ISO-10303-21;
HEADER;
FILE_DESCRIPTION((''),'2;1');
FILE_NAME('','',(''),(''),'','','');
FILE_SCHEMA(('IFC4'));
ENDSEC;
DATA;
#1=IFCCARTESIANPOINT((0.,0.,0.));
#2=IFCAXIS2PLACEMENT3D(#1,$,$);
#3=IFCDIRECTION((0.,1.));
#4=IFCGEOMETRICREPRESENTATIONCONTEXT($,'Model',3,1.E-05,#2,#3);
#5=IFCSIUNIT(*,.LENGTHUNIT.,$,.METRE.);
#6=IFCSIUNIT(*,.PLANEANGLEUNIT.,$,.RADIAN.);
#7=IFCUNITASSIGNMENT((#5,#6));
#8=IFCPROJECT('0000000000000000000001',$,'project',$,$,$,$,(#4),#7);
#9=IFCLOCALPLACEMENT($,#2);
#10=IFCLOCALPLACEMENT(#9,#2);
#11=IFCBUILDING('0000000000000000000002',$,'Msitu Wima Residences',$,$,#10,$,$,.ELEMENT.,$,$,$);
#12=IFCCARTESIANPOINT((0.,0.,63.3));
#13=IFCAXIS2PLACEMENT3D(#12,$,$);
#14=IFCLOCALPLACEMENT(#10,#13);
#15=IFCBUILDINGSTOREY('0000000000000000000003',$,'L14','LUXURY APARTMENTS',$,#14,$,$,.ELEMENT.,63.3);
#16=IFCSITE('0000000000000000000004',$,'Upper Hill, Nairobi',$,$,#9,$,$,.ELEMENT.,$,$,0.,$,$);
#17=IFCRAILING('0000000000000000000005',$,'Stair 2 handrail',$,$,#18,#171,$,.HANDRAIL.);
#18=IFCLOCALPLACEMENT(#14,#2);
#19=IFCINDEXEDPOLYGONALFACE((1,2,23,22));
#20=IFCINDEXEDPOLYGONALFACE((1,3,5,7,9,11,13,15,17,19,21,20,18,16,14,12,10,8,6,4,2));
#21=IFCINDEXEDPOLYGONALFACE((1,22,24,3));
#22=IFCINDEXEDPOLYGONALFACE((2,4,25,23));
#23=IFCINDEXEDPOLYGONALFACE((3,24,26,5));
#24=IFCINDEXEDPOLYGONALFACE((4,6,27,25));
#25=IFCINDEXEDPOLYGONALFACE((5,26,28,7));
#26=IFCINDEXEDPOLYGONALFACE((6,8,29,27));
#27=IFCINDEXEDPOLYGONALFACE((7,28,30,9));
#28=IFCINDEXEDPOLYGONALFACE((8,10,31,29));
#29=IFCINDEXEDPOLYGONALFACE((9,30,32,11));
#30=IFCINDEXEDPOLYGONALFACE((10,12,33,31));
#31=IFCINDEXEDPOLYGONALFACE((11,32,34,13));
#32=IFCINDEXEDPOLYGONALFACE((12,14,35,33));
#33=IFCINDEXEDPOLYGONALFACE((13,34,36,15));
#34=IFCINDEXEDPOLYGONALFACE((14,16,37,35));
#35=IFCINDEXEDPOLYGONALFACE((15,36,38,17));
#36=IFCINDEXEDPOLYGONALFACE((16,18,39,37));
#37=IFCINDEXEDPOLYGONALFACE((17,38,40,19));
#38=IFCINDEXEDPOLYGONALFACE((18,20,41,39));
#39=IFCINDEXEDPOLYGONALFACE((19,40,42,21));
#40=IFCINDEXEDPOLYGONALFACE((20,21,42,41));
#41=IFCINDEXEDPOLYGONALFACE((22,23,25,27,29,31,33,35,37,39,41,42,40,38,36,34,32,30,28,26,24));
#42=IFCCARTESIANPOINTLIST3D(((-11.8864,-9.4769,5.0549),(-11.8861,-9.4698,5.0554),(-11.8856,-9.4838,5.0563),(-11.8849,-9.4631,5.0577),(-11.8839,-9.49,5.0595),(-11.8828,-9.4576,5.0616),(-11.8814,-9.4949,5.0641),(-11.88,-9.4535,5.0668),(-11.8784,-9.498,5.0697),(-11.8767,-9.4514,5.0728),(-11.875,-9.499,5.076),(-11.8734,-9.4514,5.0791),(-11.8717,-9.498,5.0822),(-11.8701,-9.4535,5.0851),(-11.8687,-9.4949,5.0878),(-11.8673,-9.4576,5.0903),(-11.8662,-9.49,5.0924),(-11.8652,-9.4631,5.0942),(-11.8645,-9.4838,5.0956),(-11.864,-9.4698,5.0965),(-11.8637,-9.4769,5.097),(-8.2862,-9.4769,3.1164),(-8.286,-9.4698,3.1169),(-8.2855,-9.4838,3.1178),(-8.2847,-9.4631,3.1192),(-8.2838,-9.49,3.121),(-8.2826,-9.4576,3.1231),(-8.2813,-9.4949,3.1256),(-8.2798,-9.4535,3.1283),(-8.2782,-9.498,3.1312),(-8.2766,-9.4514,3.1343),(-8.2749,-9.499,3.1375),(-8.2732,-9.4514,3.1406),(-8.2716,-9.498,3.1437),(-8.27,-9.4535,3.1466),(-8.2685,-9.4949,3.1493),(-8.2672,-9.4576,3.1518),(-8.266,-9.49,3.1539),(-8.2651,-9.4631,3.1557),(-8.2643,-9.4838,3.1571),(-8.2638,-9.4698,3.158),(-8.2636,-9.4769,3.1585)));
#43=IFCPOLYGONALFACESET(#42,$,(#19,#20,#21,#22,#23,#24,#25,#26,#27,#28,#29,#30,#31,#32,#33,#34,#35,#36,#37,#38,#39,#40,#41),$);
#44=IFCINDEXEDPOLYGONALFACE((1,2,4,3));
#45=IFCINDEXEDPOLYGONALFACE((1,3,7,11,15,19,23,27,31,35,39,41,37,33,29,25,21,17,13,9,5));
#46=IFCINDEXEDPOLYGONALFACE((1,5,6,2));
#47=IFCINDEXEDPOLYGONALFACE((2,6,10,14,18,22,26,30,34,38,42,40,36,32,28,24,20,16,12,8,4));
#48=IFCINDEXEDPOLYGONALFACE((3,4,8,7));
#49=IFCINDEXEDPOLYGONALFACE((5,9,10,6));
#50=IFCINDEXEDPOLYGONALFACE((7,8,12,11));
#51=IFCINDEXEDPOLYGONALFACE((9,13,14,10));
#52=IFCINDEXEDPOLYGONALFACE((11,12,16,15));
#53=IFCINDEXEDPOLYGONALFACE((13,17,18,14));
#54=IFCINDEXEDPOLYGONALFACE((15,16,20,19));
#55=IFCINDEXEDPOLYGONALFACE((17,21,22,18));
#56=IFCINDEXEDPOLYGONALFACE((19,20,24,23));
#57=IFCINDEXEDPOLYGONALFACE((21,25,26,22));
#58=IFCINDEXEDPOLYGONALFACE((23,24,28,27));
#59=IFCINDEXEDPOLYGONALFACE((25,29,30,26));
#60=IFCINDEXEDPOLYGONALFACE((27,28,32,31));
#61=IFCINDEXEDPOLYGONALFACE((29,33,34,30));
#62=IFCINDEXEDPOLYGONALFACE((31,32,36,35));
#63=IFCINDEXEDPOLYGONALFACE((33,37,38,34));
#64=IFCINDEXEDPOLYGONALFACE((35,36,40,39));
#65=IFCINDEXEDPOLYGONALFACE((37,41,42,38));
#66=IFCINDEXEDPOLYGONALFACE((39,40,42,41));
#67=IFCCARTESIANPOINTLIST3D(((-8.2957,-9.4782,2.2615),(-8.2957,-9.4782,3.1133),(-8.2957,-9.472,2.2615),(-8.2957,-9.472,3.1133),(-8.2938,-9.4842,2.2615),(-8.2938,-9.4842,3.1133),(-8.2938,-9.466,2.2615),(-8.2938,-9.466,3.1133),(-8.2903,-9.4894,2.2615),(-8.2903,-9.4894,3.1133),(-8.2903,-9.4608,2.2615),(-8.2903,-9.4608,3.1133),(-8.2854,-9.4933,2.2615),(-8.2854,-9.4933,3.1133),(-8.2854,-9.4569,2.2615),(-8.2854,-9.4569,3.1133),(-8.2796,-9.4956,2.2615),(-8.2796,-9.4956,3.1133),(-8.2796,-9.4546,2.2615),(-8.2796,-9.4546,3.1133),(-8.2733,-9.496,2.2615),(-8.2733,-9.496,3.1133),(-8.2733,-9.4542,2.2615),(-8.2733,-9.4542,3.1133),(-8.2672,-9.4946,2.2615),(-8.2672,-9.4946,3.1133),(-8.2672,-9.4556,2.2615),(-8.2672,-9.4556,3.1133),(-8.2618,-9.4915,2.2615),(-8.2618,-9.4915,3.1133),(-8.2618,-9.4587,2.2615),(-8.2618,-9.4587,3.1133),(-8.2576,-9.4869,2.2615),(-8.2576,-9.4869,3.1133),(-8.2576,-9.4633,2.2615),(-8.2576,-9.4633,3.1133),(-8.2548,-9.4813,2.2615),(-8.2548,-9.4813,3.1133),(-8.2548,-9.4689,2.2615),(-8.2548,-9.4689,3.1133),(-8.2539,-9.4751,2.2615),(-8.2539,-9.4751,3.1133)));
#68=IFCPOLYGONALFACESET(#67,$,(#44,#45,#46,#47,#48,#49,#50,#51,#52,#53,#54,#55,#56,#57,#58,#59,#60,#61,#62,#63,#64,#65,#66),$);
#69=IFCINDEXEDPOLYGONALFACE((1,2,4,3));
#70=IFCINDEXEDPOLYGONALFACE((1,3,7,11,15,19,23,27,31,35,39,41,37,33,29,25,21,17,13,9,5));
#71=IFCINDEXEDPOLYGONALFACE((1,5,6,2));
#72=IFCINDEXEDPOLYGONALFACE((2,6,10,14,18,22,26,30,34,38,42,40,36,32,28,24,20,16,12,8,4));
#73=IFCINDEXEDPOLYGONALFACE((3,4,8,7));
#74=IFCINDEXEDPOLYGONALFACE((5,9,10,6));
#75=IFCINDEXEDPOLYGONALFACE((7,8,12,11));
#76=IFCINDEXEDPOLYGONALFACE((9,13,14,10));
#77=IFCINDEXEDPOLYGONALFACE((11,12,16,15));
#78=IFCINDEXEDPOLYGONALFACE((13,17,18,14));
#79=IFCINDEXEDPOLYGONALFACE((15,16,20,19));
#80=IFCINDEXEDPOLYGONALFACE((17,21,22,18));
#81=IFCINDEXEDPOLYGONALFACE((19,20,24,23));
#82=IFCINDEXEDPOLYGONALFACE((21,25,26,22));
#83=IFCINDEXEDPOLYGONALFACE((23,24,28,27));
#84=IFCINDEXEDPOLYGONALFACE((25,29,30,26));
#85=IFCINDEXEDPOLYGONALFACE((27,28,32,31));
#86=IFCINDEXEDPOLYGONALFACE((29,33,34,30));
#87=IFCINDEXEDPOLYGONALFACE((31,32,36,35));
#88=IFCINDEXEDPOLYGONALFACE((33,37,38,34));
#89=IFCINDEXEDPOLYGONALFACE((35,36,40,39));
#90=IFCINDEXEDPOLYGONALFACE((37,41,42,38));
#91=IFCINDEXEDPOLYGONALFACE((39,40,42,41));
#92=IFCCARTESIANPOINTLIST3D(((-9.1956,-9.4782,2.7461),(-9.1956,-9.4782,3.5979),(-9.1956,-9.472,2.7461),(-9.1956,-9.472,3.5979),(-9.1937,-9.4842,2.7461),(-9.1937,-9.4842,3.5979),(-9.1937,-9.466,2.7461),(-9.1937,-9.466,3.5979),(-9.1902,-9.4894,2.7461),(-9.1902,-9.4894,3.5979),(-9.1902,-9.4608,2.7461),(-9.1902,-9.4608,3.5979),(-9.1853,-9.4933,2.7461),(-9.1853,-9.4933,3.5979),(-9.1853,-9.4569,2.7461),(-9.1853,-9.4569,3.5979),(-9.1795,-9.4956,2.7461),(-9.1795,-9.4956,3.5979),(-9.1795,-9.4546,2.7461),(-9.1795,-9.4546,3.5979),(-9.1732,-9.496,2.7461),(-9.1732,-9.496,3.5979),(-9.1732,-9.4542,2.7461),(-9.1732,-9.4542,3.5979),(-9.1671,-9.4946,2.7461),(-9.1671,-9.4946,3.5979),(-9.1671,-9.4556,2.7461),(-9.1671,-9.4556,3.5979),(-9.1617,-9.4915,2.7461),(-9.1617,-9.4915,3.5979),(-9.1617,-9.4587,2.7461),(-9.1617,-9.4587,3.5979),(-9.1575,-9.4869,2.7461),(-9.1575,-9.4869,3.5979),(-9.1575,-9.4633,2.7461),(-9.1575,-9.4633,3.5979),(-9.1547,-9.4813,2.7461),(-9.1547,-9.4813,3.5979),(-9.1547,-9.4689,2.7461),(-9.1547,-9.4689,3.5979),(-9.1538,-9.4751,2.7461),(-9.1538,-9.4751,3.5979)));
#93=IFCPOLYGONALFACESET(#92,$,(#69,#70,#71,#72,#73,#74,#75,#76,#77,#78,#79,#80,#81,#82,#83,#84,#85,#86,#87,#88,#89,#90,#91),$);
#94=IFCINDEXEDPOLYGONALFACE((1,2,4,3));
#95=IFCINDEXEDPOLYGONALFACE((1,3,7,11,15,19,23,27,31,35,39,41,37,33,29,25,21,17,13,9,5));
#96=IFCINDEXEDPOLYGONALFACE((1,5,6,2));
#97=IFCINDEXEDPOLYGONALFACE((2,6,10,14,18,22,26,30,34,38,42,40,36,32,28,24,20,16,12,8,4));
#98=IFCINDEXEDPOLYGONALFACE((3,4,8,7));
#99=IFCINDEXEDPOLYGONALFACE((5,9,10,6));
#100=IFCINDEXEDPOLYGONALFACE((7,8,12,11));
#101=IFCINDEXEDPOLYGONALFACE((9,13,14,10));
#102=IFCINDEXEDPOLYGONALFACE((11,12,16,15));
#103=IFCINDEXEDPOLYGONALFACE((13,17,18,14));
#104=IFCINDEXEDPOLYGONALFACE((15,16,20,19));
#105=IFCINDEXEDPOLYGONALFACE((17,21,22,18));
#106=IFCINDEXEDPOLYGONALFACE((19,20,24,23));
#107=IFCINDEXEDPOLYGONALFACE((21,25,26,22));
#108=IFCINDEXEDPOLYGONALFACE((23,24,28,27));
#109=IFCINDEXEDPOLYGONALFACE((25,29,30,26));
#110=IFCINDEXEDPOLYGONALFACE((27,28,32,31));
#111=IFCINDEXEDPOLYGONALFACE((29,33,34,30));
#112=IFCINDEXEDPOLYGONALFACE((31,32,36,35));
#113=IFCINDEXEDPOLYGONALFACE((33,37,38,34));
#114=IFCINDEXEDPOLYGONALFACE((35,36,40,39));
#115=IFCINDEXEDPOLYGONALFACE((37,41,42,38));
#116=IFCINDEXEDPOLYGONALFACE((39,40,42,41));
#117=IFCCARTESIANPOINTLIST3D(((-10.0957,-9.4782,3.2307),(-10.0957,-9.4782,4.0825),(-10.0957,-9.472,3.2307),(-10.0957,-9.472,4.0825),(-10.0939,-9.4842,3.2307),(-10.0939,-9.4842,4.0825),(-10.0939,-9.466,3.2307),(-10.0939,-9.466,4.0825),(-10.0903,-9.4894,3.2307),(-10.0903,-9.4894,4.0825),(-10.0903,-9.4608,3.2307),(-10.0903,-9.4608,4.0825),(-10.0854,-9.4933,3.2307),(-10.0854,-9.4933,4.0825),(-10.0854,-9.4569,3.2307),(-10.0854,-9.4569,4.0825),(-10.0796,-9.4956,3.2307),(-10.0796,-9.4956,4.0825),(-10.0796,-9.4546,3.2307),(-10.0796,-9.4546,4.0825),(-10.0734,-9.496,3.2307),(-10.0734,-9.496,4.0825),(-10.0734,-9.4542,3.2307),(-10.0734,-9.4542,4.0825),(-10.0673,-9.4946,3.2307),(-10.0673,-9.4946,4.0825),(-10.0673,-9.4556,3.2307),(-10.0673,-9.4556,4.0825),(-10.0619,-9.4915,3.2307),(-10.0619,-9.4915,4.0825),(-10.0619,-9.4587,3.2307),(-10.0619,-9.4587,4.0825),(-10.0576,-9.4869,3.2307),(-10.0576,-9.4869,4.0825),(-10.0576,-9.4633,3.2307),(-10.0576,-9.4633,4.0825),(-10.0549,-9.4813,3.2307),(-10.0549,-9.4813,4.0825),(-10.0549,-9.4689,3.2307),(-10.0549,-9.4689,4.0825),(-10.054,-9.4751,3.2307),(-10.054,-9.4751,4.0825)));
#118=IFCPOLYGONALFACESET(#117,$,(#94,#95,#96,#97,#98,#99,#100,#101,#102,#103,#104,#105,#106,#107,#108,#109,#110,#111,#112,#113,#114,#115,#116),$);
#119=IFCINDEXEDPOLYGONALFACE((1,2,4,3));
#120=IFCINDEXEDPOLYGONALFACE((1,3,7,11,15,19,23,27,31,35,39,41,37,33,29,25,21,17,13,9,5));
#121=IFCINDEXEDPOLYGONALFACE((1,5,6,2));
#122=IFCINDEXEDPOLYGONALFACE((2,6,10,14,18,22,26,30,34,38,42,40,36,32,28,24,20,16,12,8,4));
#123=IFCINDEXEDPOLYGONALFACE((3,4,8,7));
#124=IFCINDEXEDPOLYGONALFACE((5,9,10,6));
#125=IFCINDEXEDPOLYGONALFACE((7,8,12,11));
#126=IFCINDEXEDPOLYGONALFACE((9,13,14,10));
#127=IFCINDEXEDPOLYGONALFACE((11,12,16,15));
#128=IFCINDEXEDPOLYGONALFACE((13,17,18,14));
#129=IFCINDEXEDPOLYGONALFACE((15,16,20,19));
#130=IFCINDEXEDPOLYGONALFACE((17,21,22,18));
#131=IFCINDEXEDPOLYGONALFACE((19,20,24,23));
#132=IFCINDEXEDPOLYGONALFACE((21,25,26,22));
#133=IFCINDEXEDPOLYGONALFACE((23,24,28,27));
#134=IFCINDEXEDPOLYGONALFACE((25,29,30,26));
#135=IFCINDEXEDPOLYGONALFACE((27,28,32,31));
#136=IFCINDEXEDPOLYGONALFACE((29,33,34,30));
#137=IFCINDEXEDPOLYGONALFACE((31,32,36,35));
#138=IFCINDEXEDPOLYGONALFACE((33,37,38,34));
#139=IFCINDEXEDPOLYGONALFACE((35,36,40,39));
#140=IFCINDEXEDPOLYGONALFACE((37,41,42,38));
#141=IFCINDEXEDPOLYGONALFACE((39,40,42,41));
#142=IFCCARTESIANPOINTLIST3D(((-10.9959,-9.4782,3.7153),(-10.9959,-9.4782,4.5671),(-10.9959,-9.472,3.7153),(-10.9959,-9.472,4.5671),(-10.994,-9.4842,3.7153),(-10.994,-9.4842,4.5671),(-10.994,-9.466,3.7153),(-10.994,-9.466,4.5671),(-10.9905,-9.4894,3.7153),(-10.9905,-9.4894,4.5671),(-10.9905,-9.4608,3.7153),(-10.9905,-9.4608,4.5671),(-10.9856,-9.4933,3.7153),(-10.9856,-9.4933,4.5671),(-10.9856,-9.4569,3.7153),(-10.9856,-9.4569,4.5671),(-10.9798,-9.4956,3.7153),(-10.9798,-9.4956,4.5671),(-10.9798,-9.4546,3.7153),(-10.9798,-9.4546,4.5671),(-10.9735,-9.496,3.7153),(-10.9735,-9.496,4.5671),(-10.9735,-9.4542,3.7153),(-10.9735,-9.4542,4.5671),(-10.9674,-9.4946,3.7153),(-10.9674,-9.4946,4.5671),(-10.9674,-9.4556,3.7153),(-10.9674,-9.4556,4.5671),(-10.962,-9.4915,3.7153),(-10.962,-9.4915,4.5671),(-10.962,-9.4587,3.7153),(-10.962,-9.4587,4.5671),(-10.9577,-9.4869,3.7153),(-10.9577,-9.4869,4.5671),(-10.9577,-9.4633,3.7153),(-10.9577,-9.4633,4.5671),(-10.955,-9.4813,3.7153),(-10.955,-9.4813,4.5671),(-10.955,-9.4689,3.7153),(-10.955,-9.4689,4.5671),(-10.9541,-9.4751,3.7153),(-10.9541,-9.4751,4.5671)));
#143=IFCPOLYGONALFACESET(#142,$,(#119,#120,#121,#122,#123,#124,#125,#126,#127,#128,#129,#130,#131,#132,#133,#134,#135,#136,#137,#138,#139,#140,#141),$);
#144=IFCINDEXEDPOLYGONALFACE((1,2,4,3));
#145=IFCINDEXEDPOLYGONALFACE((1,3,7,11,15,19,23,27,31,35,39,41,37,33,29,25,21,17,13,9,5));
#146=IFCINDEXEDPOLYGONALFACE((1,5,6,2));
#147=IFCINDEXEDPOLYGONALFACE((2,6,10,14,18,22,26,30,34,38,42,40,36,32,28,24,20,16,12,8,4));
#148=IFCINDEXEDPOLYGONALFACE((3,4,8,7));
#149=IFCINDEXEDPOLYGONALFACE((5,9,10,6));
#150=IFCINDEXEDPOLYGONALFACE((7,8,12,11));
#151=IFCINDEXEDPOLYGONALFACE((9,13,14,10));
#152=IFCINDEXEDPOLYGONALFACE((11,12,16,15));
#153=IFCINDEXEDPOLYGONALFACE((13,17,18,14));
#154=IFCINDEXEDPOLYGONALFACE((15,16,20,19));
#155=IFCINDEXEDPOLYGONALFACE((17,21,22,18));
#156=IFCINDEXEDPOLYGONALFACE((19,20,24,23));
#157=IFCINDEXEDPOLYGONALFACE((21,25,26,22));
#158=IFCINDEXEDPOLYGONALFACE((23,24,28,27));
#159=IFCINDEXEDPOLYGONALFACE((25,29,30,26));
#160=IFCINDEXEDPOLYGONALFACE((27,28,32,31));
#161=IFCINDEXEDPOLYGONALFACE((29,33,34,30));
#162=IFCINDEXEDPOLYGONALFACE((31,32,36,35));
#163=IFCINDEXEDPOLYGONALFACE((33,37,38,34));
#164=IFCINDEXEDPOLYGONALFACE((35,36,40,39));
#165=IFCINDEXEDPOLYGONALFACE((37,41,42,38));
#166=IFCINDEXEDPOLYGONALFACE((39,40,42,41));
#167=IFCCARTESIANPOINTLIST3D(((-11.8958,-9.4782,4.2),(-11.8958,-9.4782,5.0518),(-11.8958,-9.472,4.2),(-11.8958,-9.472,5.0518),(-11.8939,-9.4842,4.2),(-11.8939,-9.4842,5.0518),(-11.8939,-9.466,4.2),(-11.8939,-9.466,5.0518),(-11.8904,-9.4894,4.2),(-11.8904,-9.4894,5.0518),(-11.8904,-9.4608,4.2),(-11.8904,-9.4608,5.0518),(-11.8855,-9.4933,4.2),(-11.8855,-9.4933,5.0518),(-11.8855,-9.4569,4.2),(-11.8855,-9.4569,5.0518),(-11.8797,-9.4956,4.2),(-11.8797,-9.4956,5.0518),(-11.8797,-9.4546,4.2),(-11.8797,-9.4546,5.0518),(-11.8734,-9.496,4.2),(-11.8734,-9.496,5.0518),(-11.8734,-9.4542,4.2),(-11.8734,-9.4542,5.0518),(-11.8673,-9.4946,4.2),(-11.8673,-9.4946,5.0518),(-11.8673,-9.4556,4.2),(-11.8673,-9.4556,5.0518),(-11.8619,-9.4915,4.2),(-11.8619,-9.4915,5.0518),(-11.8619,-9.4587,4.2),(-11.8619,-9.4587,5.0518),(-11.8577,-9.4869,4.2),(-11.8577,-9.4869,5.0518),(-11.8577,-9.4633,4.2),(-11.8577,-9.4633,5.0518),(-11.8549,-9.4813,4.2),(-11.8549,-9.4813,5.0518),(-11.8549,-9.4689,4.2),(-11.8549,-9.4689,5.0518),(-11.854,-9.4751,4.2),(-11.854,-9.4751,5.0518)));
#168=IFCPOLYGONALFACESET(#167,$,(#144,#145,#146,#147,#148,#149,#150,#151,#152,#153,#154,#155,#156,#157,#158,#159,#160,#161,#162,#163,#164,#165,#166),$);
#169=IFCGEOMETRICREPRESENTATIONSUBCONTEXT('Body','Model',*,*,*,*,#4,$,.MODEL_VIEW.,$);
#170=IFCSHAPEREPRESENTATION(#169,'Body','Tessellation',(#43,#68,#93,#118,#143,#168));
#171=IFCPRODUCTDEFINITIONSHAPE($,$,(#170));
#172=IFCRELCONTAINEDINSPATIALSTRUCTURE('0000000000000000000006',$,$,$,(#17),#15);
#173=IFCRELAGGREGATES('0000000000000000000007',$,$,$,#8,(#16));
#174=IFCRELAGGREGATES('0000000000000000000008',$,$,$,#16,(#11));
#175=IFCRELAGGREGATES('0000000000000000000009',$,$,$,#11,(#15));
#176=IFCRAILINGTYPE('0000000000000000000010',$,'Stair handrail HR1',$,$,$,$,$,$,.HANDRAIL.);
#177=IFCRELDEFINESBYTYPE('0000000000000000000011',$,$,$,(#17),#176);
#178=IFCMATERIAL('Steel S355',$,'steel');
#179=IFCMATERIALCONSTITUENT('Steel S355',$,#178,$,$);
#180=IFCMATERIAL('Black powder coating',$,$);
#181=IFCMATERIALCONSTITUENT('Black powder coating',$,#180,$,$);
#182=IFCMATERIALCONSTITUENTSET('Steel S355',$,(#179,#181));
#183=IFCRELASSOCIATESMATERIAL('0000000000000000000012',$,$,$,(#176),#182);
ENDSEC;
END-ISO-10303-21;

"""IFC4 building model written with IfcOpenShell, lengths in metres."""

from ifc_helpers import new_model, si_unit, direction, frame, origin, origin_2d, place, context, subcontext, project, spatial, circle, extrude, material, constituent, constituent_set, type_object, element, save


model = new_model("IFC4")

# Units and contexts
model_context = context("Model", 3, precision=1e-05, world=origin(), true_north=direction((0.0, 1.0)))
body_context = subcontext(model_context, "Body", "Model", "MODEL_VIEW")
ifc_project = project(units=[si_unit("LENGTHUNIT", "METRE"), si_unit("PLANEANGLEUNIT", "RADIAN")], contexts=[model_context])

# Site, building, storey
site_placement = place(None, origin())
site = spatial("IfcSite", under=ifc_project, at=site_placement, Name="Upper Hill, Nairobi", CompositionType="ELEMENT", RefElevation=0.0)
building_placement = place(site_placement, origin())
building = spatial("IfcBuilding", under=site, at=building_placement, Name="Msitu Wima Residences", CompositionType="ELEMENT")
storey_placement = place(building_placement, frame((0.0, 0.0, 63.3)))
storey = spatial("IfcBuildingStorey", under=building, at=storey_placement, Name="L14", Description="LUXURY APARTMENTS", CompositionType="ELEMENT", Elevation=63.3)

# Railing
ifc_material_1 = material(Name="Steel S355", Category="steel")
ifc_constituent_1 = constituent(ifc_material_1, Name="Steel S355")
ifc_material_2 = material(Name="Black powder coating")
ifc_constituent_2 = constituent(ifc_material_2, Name="Black powder coating")
ifc_constituent_set = constituent_set(constituents=[ifc_constituent_1, ifc_constituent_2], Name="Steel S355")
railing_type = type_object("IfcRailingType", Name="Stair handrail HR1", PredefinedType="HANDRAIL", material=ifc_constituent_set)
railing_placement = place(storey_placement, frame((-8.2749, -9.4751, 2.2615)))
element("IfcRailing", 1, at=railing_placement, inside=storey, type_object=railing_type, Name="Stair 2 handrail", PredefinedType="HANDRAIL", context=body_context, shape_type="SweptSolid", body=[
    extrude(circle(Radius=0.0239, at=origin_2d()), frame((0.0, 0.0, 0.876), z_axis=(-0.880475, 0.0, 0.474093), x_axis=(0.0, -1.0, 0.0)), (0.0, 0.0, 1.0), 4.0889),
    extrude(circle(Radius=0.021, at=origin_2d()), origin(), (0.0, 0.0, 1.0), 0.8518),
    extrude(circle(Radius=0.021, at=origin_2d()), frame((-0.8999, 0.0, 0.4846)), (0.0, 0.0, 1.0), 0.8518),
    extrude(circle(Radius=0.021, at=origin_2d()), frame((-1.8, 0.0, 0.9692)), (0.0, 0.0, 1.0), 0.8518),
    extrude(circle(Radius=0.021, at=origin_2d()), frame((-2.7002, 0.0, 1.4539)), (0.0, 0.0, 1.0), 0.8518),
    extrude(circle(Radius=0.021, at=origin_2d()), frame((-3.6001, 0.0, 1.9385)), (0.0, 0.0, 1.0), 0.8518),
])

save(model, "model.ifc")
